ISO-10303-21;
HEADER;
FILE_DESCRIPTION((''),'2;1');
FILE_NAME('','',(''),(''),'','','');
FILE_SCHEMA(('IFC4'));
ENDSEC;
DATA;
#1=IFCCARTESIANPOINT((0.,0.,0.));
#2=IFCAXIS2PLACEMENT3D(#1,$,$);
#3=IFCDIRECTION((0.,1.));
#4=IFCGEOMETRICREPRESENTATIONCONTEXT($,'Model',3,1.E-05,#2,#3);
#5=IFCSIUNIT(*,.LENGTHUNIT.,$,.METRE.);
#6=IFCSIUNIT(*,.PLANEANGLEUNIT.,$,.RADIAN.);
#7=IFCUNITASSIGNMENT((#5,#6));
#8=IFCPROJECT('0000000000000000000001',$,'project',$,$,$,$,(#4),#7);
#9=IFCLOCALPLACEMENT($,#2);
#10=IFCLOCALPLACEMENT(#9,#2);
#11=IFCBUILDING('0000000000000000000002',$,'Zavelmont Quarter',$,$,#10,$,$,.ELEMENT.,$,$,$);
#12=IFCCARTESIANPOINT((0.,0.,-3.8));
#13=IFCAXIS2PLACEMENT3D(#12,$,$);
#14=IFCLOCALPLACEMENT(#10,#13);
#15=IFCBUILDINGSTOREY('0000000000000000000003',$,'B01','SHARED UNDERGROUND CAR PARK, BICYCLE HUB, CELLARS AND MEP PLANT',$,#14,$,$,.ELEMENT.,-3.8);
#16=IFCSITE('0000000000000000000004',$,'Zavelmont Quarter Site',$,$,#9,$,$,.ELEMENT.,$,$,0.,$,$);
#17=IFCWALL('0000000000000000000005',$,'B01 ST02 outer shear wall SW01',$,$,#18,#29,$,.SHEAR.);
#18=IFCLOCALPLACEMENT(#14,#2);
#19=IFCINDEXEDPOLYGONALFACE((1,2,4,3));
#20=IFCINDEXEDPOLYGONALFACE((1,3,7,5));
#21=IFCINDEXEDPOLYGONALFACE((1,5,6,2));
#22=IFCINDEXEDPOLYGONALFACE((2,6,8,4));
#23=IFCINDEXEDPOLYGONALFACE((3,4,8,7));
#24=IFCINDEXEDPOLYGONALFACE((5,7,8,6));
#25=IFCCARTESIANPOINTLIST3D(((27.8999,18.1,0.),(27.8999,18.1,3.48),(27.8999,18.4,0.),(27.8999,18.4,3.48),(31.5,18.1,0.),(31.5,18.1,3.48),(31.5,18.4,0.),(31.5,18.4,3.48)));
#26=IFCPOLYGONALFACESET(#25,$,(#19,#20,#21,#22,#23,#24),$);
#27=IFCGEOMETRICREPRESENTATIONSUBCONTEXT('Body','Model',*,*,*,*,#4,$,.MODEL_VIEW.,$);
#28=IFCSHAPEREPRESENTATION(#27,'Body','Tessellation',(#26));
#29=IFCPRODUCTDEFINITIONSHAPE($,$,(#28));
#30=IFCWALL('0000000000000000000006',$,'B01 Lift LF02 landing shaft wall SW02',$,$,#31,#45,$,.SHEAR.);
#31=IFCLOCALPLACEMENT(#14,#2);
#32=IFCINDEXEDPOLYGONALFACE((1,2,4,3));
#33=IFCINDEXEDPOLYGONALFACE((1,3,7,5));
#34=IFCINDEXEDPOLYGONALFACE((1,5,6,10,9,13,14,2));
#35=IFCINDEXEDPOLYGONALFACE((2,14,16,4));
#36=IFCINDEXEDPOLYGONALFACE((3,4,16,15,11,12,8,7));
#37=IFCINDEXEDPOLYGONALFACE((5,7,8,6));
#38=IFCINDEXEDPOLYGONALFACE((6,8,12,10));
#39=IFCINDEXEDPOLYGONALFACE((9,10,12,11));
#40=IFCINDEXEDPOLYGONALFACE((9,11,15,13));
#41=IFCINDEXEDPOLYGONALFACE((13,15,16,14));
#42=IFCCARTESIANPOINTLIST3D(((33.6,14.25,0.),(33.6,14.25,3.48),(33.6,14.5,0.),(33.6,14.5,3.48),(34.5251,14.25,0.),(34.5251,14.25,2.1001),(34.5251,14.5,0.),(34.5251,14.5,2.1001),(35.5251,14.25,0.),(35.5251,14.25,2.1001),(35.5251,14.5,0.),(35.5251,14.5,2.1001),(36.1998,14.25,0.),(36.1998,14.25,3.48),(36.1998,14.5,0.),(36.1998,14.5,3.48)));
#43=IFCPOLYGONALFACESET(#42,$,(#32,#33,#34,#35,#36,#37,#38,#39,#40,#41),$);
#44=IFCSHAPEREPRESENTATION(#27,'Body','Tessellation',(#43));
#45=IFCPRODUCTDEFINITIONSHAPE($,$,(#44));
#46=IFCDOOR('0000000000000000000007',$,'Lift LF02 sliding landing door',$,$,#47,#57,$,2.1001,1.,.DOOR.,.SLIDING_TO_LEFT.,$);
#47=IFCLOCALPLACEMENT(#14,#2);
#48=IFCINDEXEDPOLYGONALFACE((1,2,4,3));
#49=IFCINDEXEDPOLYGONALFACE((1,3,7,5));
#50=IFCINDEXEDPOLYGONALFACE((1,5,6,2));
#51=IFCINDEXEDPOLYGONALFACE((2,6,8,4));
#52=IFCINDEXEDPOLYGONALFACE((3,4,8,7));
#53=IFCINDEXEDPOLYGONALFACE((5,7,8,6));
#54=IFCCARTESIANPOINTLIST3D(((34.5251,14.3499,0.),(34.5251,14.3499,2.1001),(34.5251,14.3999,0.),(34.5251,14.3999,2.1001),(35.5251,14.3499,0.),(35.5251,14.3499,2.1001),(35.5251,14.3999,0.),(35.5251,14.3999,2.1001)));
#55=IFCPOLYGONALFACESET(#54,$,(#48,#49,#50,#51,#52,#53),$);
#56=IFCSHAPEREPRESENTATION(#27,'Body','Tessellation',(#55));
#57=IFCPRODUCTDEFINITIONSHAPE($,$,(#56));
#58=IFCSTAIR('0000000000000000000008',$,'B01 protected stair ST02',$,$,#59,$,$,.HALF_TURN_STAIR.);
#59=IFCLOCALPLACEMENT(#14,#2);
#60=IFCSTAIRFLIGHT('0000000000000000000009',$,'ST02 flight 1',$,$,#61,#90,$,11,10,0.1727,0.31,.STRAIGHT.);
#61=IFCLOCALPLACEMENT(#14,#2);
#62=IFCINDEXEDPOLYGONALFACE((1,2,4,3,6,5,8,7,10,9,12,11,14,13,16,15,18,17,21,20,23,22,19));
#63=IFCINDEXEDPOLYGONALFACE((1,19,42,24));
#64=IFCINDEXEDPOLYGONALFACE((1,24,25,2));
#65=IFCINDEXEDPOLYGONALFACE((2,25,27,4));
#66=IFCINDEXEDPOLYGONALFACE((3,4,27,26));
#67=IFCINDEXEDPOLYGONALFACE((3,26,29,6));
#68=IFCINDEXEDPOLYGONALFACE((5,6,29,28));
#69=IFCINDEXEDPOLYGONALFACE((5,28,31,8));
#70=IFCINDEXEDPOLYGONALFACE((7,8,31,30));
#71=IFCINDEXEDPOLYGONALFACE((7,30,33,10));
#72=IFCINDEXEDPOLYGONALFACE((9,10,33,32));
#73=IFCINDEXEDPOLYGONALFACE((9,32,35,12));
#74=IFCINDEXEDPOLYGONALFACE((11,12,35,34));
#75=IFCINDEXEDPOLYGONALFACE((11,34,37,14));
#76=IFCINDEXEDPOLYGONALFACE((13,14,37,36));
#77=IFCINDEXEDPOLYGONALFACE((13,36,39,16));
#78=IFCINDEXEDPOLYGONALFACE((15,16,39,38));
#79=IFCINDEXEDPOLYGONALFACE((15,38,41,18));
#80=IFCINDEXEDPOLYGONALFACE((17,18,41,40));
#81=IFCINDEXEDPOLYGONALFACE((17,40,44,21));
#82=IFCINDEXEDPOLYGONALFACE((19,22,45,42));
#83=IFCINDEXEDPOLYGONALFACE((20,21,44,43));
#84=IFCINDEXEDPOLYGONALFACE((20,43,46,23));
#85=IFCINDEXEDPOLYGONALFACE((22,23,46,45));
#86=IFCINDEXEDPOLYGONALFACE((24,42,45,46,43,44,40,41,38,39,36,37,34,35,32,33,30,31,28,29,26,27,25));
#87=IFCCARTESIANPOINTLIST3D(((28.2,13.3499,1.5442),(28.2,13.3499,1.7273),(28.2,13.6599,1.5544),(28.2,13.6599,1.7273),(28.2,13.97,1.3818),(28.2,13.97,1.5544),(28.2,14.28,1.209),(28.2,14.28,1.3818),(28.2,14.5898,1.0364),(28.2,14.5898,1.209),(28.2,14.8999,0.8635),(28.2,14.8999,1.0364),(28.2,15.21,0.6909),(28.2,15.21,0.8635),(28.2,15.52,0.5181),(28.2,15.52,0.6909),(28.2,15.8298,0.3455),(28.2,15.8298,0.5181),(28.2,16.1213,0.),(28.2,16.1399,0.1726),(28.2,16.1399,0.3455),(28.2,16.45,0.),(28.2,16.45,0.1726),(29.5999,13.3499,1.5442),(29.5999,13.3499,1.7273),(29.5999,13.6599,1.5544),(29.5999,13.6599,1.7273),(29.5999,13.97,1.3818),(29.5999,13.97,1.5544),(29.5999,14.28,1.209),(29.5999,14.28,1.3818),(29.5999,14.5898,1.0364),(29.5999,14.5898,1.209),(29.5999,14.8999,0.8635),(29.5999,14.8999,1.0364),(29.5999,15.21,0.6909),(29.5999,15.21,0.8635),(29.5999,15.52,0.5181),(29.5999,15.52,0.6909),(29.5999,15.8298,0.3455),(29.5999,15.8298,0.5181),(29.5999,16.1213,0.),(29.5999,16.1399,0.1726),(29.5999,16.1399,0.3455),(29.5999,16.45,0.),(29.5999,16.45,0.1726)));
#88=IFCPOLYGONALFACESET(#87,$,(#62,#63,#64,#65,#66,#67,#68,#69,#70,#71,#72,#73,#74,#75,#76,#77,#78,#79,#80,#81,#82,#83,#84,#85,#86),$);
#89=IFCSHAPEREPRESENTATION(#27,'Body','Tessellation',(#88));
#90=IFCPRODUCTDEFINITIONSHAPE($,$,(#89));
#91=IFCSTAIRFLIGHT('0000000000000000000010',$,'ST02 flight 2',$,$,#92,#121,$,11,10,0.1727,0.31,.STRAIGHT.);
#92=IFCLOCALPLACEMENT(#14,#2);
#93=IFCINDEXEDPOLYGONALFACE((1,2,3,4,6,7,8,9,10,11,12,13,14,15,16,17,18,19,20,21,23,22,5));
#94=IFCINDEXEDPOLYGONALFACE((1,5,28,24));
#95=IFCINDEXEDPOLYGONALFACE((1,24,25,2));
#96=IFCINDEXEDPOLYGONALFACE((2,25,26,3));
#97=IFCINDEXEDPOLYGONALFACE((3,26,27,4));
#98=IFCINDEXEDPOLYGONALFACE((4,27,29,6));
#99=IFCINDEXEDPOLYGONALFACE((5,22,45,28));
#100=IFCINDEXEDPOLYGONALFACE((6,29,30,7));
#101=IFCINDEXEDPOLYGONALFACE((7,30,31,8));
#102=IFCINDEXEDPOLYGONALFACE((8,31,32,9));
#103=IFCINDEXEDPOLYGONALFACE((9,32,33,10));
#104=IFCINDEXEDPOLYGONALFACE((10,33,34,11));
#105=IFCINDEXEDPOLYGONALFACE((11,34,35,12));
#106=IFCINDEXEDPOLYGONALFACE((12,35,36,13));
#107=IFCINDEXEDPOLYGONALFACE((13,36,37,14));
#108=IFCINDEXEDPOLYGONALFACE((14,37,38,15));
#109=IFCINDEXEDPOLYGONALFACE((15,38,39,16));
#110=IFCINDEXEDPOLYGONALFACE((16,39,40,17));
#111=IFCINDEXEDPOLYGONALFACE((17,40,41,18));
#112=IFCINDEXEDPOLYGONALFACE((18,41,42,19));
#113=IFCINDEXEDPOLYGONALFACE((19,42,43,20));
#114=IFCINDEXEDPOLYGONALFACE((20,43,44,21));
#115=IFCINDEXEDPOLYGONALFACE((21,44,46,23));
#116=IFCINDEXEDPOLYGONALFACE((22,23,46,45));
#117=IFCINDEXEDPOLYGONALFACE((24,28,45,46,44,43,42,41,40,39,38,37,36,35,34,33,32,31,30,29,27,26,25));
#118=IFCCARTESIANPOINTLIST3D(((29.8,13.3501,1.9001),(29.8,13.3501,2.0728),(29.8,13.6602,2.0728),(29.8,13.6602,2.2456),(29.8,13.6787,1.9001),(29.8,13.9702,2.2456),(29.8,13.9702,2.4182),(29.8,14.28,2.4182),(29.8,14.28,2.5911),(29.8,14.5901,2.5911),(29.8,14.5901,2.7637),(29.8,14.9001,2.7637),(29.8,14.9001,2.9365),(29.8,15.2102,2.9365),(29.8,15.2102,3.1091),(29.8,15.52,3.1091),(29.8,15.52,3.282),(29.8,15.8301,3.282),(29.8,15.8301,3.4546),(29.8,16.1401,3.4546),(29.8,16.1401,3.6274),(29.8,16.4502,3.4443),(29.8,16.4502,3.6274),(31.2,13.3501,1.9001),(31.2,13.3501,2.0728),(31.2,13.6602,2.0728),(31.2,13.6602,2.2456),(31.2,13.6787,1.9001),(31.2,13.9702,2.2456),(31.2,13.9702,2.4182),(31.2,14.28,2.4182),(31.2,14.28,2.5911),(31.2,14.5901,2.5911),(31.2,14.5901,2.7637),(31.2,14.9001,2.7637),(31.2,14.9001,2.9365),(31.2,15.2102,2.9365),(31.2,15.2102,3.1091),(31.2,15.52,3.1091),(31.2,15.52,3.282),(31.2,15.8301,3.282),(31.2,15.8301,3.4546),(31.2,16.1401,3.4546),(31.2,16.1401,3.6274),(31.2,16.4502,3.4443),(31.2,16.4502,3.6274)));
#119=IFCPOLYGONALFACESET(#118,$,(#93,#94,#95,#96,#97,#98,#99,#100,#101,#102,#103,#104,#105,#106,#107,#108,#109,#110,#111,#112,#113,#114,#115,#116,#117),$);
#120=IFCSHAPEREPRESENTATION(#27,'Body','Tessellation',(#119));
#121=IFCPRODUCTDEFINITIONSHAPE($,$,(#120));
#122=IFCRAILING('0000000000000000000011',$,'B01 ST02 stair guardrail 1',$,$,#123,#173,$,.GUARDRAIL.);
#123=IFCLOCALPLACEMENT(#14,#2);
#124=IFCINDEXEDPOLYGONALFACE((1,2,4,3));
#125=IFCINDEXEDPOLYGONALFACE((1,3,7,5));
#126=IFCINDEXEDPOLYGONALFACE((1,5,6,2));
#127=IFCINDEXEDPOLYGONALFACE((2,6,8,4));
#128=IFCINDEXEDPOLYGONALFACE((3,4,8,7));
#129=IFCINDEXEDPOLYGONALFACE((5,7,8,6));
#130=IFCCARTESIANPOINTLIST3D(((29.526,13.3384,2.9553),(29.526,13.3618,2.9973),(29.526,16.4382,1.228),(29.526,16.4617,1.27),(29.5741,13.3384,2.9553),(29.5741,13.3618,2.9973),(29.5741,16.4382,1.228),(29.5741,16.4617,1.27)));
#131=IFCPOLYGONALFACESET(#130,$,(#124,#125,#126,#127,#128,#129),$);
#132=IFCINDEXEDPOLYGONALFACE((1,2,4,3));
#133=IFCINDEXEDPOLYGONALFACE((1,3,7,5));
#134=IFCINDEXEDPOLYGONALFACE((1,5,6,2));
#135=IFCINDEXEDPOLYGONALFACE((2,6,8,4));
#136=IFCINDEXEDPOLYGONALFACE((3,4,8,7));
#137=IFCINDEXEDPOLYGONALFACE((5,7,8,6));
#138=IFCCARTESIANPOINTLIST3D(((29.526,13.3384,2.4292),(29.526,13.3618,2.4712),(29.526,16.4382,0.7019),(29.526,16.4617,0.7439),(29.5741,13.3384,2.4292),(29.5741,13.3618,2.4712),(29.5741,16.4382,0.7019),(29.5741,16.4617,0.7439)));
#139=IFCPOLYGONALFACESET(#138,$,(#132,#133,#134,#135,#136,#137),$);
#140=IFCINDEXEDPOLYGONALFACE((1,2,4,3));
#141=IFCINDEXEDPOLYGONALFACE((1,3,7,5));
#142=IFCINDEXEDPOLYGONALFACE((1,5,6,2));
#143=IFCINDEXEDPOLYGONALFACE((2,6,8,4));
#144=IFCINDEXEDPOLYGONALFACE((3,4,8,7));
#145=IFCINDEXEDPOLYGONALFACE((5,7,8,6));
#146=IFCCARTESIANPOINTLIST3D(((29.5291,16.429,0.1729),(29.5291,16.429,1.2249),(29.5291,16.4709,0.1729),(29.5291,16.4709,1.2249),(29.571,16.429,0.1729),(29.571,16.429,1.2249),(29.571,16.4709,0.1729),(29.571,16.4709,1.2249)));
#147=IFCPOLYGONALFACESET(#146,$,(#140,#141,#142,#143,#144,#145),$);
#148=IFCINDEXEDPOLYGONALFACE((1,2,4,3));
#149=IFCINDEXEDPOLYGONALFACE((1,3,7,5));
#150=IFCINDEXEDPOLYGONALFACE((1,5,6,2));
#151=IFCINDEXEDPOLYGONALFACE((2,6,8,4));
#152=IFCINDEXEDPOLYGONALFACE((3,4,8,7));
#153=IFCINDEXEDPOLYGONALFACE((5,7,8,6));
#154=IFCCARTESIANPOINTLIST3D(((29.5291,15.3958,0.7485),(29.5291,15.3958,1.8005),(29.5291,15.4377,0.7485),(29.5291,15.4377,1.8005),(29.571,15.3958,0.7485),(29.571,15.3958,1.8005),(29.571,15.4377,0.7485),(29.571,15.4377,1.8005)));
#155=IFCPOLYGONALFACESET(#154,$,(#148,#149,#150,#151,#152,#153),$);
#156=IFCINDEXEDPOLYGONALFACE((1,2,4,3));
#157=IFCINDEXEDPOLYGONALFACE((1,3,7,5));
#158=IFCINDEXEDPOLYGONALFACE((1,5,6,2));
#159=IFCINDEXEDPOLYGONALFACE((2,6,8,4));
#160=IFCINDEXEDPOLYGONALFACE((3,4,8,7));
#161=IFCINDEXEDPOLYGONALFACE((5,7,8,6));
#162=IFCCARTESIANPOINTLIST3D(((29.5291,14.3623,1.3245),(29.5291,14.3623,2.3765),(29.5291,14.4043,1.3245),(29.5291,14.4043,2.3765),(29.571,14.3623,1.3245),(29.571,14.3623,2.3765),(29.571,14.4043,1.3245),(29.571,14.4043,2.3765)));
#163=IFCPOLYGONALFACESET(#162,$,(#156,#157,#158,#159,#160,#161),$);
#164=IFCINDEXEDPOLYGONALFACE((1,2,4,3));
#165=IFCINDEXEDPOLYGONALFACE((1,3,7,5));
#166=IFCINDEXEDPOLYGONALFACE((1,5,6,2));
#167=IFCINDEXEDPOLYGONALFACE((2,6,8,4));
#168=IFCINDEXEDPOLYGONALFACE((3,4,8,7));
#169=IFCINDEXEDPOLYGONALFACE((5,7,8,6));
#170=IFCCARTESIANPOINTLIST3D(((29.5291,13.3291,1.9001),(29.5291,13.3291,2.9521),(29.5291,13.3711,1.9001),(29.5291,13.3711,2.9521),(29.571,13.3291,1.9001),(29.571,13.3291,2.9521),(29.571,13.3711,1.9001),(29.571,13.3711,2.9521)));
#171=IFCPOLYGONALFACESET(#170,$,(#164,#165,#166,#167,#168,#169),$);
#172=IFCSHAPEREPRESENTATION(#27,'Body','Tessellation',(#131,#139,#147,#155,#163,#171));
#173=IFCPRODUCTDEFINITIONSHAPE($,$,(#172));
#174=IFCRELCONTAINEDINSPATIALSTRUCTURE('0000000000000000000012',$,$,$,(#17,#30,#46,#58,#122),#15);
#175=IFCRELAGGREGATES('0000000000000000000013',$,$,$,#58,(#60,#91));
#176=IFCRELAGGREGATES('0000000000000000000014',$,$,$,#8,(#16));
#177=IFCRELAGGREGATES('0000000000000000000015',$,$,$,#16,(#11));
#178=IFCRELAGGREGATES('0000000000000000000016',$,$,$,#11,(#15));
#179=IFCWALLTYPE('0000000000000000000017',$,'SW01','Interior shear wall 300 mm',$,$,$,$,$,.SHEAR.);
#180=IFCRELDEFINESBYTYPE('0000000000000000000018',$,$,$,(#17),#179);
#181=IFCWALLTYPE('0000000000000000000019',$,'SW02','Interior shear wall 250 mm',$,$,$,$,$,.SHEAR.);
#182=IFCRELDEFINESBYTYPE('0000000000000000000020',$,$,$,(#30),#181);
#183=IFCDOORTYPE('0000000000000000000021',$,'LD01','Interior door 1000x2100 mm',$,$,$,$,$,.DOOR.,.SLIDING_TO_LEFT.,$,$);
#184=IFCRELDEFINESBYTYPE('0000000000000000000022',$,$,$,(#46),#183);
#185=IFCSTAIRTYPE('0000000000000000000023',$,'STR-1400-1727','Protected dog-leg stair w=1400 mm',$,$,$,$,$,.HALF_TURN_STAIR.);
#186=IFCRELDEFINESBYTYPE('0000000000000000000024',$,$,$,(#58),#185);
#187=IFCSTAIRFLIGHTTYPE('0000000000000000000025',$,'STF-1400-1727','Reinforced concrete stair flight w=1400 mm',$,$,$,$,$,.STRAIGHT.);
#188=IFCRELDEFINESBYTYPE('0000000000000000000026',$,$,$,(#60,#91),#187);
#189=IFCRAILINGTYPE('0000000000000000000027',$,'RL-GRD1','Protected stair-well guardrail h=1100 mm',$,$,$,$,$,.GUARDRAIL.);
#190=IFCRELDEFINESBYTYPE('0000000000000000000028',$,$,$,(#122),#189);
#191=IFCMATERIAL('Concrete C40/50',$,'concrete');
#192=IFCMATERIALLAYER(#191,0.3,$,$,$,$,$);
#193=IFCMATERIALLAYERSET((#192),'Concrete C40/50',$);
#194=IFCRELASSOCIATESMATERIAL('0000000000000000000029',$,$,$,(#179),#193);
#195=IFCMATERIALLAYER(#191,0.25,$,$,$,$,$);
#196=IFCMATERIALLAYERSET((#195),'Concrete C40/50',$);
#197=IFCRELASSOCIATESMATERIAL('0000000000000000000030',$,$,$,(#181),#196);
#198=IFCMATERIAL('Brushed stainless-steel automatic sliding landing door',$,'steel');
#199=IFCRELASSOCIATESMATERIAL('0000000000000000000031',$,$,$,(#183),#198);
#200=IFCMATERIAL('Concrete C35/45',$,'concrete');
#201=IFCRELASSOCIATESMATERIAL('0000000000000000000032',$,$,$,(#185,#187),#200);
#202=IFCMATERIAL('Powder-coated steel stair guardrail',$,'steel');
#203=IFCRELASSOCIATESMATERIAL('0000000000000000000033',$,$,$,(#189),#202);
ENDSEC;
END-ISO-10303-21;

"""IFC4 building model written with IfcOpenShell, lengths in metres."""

from ifc_helpers import new_model, si_unit, direction, frame, frame_2d, origin, origin_with_axes, origin_2d, place, context, subcontext, project, spatial, polyline, rectangle, outline, extrude, material, layer, layer_set, type_object, element, fill, aggregate, save


model = new_model("IFC4")

# Units and contexts
model_context = context("Model", 3, precision=1e-05, world=origin(), true_north=direction((0.0, 1.0)))
body_context = subcontext(model_context, "Body", "Model", "MODEL_VIEW")
ifc_project = project(units=[si_unit("LENGTHUNIT", "METRE"), si_unit("PLANEANGLEUNIT", "RADIAN")], contexts=[model_context])

# Site, building, storey
site_placement = place(None, origin())
site = spatial("IfcSite", under=ifc_project, at=site_placement, Name="Zavelmont Quarter Site", CompositionType="ELEMENT", RefElevation=0.0)
building_placement = place(site_placement, origin())
building = spatial("IfcBuilding", under=site, at=building_placement, Name="Zavelmont Quarter", CompositionType="ELEMENT")
storey_placement = place(building_placement, frame((0.0, 0.0, -3.8)))
storey = spatial("IfcBuildingStorey", under=building, at=storey_placement, Name="B01", Description="SHARED UNDERGROUND CAR PARK, BICYCLE HUB, CELLARS AND MEP PLANT", CompositionType="ELEMENT", Elevation=-3.8)

# Shared definitions
ifc_material_1 = material(Name="Concrete C35/45", Category="concrete")

# Shared definitions
ifc_material_2 = material(Name="Concrete C40/50", Category="concrete")

# Wall
ifc_layer_1 = layer(ifc_material_2, 0.3)
ifc_layer_set_1 = layer_set([ifc_layer_1], Name="Concrete C40/50")
wall_type_1 = type_object("IfcWallType", Name="SW01", Description="Interior shear wall 300 mm", PredefinedType="SHEAR", material=ifc_layer_set_1)
wall_1_placement = place(storey_placement, frame((27.8999, 18.25, 0.0), z_axis=(0.0, 0.0, 1.0), x_axis=(1.0, 0.0, 0.0)))
element("IfcWall", 1, at=wall_1_placement, inside=storey, type_object=wall_type_1, Name="B01 ST02 outer shear wall SW01", PredefinedType="SHEAR", context=body_context, shape_type="SweptSolid", body=[
    extrude(rectangle(XDim=3.6001, YDim=0.3, at=frame_2d((1.8, 0.0))), origin(), (0.0, 0.0, 1.0), 3.48),
])

# Wall, opening, door
ifc_layer_2 = layer(ifc_material_2, 0.25)
ifc_layer_set_2 = layer_set([ifc_layer_2], Name="Concrete C40/50")
wall_type_2 = type_object("IfcWallType", Name="SW02", Description="Interior shear wall 250 mm", PredefinedType="SHEAR", material=ifc_layer_set_2)
wall_2_placement = place(storey_placement, frame((33.6001, 14.375, 0.0), z_axis=(0.0, 0.0, 1.0), x_axis=(1.0, 0.0, 0.0)))
wall_2 = element("IfcWall", 2, at=wall_2_placement, inside=storey, type_object=wall_type_2, Name="B01 Lift LF02 landing shaft wall SW02", PredefinedType="SHEAR", context=body_context, shape_type="SweptSolid", body=[
    extrude(rectangle(XDim=2.5999, YDim=0.25, at=frame_2d((1.2998, 0.0))), origin(), (0.0, 0.0, 1.0), 3.48),
])
opening_1_placement = place(wall_2_placement, frame((0.925, 0.0, 0.0)))
opening_1 = element("IfcOpeningElement", 3, at=opening_1_placement, cuts=wall_2, PredefinedType="OPENING", context=body_context, shape_type="SweptSolid", body=[
    extrude(rectangle(XDim=1.0, YDim=2.1001, at=frame_2d((0.5, 1.05))), frame((0.0, 0.137, 0.0), z_axis=(0.0, -1.0, 0.0), x_axis=(1.0, 0.0, 0.0)), (0.0, 0.0, 1.0), 0.2739),
])
ifc_material_3 = material(Name="Brushed stainless-steel automatic sliding landing door", Category="steel")
door_type_1 = type_object("IfcDoorType", Name="LD01", Description="Interior door 1000x2100 mm", OperationType="SLIDING_TO_LEFT", PredefinedType="DOOR", material=ifc_material_3)
door_1_placement = place(opening_1_placement, origin_with_axes())
door_1 = element("IfcDoor", 4, at=door_1_placement, inside=storey, type_object=door_type_1, Name="Lift LF02 sliding landing door", OperationType="SLIDING_TO_LEFT", OverallHeight=2.1001, OverallWidth=1.0, PredefinedType="DOOR", context=body_context, shape_type="SweptSolid", body=[
    extrude(rectangle(XDim=1.0, YDim=2.1001, at=frame_2d((0.5, 1.05))), frame((0.0, 0.0249, 0.0), z_axis=(0.0, -1.0, 0.0), x_axis=(1.0, 0.0, 0.0)), (0.0, 0.0, 1.0), 0.05),
])
fill(opening_1, door_1)

# Stair, stair flights
stair_type = type_object("IfcStairType", Name="STR-1400-1727", Description="Protected dog-leg stair w=1400 mm", PredefinedType="HALF_TURN_STAIR", material=ifc_material_1)
stair_placement = place(storey_placement, origin())
stair = element("IfcStair", 5, at=stair_placement, inside=storey, type_object=stair_type, Name="B01 protected stair ST02", PredefinedType="HALF_TURN_STAIR")
stair_flight_type = type_object("IfcStairFlightType", Name="STF-1400-1727", Description="Reinforced concrete stair flight w=1400 mm", PredefinedType="STRAIGHT", material=ifc_material_1)
stair_flight_1_placement = place(storey_placement, frame((28.8999, 16.45, 0.0), z_axis=(0.0, 0.0, 1.0), x_axis=(0.0, -1.0, 0.0)))
stair_flight_1 = element("IfcStairFlight", 6, at=stair_flight_1_placement, type_object=stair_flight_type, Name="ST02 flight 1", NumberOfRisers=11, NumberOfTreads=10, PredefinedType="STRAIGHT", RiserHeight=0.1727, TreadLength=0.31, context=body_context, shape_type="SweptSolid", body=[
    extrude(outline(polyline([(0.0, 0.0), (0.0, 0.1726), (0.3101, 0.1726), (0.3101, 0.3455), (0.6201, 0.3455), (0.6201, 0.5181), (0.9299, 0.5181), (0.9299, 0.6909), (1.24, 0.6909), (1.24, 0.8635), (1.55, 0.8635), (1.55, 1.0364), (1.8601, 1.0364), (1.8601, 1.209), (2.1699, 1.209), (2.1699, 1.3818), (2.48, 1.3818), (2.48, 1.5544), (2.79, 1.5544), (2.79, 1.7273), (3.1001, 1.7273), (3.1001, 1.8999), (3.1001, 1.5442), (0.3286, 0.0), (0.0, 0.0)])), frame((0.0, 0.7, 0.0), z_axis=(0.0, -1.0, 0.0), x_axis=(1.0, 0.0, 0.0)), (0.0, 0.0, 1.0), 1.3999),
])
stair_flight_2_placement = place(storey_placement, frame((30.5, 13.3501, 1.9001), z_axis=(0.0, 0.0, 1.0), x_axis=(0.0, 1.0, 0.0)))
stair_flight_2 = element("IfcStairFlight", 7, at=stair_flight_2_placement, type_object=stair_flight_type, Name="ST02 flight 2", NumberOfRisers=11, NumberOfTreads=10, PredefinedType="STRAIGHT", RiserHeight=0.1727, TreadLength=0.31, context=body_context, shape_type="SweptSolid", body=[
    extrude(outline(polyline([(0.0, 0.0), (0.0, 0.1726), (0.3101, 0.1726), (0.3101, 0.3455), (0.6201, 0.3455), (0.6201, 0.5181), (0.9299, 0.5181), (0.9299, 0.6909), (1.24, 0.6909), (1.24, 0.8635), (1.55, 0.8635), (1.55, 1.0364), (1.8601, 1.0364), (1.8601, 1.209), (2.1699, 1.209), (2.1699, 1.3818), (2.48, 1.3818), (2.48, 1.5544), (2.79, 1.5544), (2.79, 1.7273), (3.1001, 1.7273), (3.1001, 1.8999), (3.1001, 1.5442), (0.3286, 0.0), (0.0, 0.0)])), frame((0.0, 0.7, 0.0), z_axis=(0.0, -1.0, 0.0), x_axis=(1.0, 0.0, 0.0)), (0.0, 0.0, 1.0), 1.3999),
])
aggregate(stair, [stair_flight_1, stair_flight_2])

# Railing
ifc_material_4 = material(Name="Powder-coated steel stair guardrail", Category="steel")
railing_type_1 = type_object("IfcRailingType", Name="RL-GRD1", Description="Protected stair-well guardrail h=1100 mm", PredefinedType="GUARDRAIL", material=ifc_material_4)
railing_1_placement = place(storey_placement, frame((29.55, 16.45, 0.1729)))
element("IfcRailing", 8, at=railing_1_placement, inside=storey, type_object=railing_type_1, Name="B01 ST02 stair guardrail 1", PredefinedType="GUARDRAIL", context=body_context, shape_type="SweptSolid", body=[
    extrude(rectangle(XDim=0.0481, YDim=0.0481, at=origin_2d()), frame((0.0, 0.0, 1.0762), z_axis=(0.0, -0.87354, 0.486752), x_axis=(1.0, 0.0, 0.0)), (0.0, 0.0, 1.0), 3.5486),
    extrude(rectangle(XDim=0.0481, YDim=0.0481, at=origin_2d()), frame((0.0, 0.0, 0.55), z_axis=(0.0, -0.87354, 0.486752), x_axis=(1.0, 0.0, 0.0)), (0.0, 0.0, 1.0), 3.5486),
    extrude(rectangle(XDim=0.042, YDim=0.042, at=origin_2d()), origin(), (0.0, 0.0, 1.0), 1.052),
    extrude(rectangle(XDim=0.042, YDim=0.042, at=origin_2d()), frame((0.0, -1.0332, 0.5757)), (0.0, 0.0, 1.0), 1.052),
    extrude(rectangle(XDim=0.042, YDim=0.042, at=origin_2d()), frame((0.0, -2.0667, 1.1516)), (0.0, 0.0, 1.0), 1.052),
    extrude(rectangle(XDim=0.042, YDim=0.042, at=origin_2d()), frame((0.0, -3.0999, 1.7273)), (0.0, 0.0, 1.0), 1.052),
])

save(model, "model.ifc")
